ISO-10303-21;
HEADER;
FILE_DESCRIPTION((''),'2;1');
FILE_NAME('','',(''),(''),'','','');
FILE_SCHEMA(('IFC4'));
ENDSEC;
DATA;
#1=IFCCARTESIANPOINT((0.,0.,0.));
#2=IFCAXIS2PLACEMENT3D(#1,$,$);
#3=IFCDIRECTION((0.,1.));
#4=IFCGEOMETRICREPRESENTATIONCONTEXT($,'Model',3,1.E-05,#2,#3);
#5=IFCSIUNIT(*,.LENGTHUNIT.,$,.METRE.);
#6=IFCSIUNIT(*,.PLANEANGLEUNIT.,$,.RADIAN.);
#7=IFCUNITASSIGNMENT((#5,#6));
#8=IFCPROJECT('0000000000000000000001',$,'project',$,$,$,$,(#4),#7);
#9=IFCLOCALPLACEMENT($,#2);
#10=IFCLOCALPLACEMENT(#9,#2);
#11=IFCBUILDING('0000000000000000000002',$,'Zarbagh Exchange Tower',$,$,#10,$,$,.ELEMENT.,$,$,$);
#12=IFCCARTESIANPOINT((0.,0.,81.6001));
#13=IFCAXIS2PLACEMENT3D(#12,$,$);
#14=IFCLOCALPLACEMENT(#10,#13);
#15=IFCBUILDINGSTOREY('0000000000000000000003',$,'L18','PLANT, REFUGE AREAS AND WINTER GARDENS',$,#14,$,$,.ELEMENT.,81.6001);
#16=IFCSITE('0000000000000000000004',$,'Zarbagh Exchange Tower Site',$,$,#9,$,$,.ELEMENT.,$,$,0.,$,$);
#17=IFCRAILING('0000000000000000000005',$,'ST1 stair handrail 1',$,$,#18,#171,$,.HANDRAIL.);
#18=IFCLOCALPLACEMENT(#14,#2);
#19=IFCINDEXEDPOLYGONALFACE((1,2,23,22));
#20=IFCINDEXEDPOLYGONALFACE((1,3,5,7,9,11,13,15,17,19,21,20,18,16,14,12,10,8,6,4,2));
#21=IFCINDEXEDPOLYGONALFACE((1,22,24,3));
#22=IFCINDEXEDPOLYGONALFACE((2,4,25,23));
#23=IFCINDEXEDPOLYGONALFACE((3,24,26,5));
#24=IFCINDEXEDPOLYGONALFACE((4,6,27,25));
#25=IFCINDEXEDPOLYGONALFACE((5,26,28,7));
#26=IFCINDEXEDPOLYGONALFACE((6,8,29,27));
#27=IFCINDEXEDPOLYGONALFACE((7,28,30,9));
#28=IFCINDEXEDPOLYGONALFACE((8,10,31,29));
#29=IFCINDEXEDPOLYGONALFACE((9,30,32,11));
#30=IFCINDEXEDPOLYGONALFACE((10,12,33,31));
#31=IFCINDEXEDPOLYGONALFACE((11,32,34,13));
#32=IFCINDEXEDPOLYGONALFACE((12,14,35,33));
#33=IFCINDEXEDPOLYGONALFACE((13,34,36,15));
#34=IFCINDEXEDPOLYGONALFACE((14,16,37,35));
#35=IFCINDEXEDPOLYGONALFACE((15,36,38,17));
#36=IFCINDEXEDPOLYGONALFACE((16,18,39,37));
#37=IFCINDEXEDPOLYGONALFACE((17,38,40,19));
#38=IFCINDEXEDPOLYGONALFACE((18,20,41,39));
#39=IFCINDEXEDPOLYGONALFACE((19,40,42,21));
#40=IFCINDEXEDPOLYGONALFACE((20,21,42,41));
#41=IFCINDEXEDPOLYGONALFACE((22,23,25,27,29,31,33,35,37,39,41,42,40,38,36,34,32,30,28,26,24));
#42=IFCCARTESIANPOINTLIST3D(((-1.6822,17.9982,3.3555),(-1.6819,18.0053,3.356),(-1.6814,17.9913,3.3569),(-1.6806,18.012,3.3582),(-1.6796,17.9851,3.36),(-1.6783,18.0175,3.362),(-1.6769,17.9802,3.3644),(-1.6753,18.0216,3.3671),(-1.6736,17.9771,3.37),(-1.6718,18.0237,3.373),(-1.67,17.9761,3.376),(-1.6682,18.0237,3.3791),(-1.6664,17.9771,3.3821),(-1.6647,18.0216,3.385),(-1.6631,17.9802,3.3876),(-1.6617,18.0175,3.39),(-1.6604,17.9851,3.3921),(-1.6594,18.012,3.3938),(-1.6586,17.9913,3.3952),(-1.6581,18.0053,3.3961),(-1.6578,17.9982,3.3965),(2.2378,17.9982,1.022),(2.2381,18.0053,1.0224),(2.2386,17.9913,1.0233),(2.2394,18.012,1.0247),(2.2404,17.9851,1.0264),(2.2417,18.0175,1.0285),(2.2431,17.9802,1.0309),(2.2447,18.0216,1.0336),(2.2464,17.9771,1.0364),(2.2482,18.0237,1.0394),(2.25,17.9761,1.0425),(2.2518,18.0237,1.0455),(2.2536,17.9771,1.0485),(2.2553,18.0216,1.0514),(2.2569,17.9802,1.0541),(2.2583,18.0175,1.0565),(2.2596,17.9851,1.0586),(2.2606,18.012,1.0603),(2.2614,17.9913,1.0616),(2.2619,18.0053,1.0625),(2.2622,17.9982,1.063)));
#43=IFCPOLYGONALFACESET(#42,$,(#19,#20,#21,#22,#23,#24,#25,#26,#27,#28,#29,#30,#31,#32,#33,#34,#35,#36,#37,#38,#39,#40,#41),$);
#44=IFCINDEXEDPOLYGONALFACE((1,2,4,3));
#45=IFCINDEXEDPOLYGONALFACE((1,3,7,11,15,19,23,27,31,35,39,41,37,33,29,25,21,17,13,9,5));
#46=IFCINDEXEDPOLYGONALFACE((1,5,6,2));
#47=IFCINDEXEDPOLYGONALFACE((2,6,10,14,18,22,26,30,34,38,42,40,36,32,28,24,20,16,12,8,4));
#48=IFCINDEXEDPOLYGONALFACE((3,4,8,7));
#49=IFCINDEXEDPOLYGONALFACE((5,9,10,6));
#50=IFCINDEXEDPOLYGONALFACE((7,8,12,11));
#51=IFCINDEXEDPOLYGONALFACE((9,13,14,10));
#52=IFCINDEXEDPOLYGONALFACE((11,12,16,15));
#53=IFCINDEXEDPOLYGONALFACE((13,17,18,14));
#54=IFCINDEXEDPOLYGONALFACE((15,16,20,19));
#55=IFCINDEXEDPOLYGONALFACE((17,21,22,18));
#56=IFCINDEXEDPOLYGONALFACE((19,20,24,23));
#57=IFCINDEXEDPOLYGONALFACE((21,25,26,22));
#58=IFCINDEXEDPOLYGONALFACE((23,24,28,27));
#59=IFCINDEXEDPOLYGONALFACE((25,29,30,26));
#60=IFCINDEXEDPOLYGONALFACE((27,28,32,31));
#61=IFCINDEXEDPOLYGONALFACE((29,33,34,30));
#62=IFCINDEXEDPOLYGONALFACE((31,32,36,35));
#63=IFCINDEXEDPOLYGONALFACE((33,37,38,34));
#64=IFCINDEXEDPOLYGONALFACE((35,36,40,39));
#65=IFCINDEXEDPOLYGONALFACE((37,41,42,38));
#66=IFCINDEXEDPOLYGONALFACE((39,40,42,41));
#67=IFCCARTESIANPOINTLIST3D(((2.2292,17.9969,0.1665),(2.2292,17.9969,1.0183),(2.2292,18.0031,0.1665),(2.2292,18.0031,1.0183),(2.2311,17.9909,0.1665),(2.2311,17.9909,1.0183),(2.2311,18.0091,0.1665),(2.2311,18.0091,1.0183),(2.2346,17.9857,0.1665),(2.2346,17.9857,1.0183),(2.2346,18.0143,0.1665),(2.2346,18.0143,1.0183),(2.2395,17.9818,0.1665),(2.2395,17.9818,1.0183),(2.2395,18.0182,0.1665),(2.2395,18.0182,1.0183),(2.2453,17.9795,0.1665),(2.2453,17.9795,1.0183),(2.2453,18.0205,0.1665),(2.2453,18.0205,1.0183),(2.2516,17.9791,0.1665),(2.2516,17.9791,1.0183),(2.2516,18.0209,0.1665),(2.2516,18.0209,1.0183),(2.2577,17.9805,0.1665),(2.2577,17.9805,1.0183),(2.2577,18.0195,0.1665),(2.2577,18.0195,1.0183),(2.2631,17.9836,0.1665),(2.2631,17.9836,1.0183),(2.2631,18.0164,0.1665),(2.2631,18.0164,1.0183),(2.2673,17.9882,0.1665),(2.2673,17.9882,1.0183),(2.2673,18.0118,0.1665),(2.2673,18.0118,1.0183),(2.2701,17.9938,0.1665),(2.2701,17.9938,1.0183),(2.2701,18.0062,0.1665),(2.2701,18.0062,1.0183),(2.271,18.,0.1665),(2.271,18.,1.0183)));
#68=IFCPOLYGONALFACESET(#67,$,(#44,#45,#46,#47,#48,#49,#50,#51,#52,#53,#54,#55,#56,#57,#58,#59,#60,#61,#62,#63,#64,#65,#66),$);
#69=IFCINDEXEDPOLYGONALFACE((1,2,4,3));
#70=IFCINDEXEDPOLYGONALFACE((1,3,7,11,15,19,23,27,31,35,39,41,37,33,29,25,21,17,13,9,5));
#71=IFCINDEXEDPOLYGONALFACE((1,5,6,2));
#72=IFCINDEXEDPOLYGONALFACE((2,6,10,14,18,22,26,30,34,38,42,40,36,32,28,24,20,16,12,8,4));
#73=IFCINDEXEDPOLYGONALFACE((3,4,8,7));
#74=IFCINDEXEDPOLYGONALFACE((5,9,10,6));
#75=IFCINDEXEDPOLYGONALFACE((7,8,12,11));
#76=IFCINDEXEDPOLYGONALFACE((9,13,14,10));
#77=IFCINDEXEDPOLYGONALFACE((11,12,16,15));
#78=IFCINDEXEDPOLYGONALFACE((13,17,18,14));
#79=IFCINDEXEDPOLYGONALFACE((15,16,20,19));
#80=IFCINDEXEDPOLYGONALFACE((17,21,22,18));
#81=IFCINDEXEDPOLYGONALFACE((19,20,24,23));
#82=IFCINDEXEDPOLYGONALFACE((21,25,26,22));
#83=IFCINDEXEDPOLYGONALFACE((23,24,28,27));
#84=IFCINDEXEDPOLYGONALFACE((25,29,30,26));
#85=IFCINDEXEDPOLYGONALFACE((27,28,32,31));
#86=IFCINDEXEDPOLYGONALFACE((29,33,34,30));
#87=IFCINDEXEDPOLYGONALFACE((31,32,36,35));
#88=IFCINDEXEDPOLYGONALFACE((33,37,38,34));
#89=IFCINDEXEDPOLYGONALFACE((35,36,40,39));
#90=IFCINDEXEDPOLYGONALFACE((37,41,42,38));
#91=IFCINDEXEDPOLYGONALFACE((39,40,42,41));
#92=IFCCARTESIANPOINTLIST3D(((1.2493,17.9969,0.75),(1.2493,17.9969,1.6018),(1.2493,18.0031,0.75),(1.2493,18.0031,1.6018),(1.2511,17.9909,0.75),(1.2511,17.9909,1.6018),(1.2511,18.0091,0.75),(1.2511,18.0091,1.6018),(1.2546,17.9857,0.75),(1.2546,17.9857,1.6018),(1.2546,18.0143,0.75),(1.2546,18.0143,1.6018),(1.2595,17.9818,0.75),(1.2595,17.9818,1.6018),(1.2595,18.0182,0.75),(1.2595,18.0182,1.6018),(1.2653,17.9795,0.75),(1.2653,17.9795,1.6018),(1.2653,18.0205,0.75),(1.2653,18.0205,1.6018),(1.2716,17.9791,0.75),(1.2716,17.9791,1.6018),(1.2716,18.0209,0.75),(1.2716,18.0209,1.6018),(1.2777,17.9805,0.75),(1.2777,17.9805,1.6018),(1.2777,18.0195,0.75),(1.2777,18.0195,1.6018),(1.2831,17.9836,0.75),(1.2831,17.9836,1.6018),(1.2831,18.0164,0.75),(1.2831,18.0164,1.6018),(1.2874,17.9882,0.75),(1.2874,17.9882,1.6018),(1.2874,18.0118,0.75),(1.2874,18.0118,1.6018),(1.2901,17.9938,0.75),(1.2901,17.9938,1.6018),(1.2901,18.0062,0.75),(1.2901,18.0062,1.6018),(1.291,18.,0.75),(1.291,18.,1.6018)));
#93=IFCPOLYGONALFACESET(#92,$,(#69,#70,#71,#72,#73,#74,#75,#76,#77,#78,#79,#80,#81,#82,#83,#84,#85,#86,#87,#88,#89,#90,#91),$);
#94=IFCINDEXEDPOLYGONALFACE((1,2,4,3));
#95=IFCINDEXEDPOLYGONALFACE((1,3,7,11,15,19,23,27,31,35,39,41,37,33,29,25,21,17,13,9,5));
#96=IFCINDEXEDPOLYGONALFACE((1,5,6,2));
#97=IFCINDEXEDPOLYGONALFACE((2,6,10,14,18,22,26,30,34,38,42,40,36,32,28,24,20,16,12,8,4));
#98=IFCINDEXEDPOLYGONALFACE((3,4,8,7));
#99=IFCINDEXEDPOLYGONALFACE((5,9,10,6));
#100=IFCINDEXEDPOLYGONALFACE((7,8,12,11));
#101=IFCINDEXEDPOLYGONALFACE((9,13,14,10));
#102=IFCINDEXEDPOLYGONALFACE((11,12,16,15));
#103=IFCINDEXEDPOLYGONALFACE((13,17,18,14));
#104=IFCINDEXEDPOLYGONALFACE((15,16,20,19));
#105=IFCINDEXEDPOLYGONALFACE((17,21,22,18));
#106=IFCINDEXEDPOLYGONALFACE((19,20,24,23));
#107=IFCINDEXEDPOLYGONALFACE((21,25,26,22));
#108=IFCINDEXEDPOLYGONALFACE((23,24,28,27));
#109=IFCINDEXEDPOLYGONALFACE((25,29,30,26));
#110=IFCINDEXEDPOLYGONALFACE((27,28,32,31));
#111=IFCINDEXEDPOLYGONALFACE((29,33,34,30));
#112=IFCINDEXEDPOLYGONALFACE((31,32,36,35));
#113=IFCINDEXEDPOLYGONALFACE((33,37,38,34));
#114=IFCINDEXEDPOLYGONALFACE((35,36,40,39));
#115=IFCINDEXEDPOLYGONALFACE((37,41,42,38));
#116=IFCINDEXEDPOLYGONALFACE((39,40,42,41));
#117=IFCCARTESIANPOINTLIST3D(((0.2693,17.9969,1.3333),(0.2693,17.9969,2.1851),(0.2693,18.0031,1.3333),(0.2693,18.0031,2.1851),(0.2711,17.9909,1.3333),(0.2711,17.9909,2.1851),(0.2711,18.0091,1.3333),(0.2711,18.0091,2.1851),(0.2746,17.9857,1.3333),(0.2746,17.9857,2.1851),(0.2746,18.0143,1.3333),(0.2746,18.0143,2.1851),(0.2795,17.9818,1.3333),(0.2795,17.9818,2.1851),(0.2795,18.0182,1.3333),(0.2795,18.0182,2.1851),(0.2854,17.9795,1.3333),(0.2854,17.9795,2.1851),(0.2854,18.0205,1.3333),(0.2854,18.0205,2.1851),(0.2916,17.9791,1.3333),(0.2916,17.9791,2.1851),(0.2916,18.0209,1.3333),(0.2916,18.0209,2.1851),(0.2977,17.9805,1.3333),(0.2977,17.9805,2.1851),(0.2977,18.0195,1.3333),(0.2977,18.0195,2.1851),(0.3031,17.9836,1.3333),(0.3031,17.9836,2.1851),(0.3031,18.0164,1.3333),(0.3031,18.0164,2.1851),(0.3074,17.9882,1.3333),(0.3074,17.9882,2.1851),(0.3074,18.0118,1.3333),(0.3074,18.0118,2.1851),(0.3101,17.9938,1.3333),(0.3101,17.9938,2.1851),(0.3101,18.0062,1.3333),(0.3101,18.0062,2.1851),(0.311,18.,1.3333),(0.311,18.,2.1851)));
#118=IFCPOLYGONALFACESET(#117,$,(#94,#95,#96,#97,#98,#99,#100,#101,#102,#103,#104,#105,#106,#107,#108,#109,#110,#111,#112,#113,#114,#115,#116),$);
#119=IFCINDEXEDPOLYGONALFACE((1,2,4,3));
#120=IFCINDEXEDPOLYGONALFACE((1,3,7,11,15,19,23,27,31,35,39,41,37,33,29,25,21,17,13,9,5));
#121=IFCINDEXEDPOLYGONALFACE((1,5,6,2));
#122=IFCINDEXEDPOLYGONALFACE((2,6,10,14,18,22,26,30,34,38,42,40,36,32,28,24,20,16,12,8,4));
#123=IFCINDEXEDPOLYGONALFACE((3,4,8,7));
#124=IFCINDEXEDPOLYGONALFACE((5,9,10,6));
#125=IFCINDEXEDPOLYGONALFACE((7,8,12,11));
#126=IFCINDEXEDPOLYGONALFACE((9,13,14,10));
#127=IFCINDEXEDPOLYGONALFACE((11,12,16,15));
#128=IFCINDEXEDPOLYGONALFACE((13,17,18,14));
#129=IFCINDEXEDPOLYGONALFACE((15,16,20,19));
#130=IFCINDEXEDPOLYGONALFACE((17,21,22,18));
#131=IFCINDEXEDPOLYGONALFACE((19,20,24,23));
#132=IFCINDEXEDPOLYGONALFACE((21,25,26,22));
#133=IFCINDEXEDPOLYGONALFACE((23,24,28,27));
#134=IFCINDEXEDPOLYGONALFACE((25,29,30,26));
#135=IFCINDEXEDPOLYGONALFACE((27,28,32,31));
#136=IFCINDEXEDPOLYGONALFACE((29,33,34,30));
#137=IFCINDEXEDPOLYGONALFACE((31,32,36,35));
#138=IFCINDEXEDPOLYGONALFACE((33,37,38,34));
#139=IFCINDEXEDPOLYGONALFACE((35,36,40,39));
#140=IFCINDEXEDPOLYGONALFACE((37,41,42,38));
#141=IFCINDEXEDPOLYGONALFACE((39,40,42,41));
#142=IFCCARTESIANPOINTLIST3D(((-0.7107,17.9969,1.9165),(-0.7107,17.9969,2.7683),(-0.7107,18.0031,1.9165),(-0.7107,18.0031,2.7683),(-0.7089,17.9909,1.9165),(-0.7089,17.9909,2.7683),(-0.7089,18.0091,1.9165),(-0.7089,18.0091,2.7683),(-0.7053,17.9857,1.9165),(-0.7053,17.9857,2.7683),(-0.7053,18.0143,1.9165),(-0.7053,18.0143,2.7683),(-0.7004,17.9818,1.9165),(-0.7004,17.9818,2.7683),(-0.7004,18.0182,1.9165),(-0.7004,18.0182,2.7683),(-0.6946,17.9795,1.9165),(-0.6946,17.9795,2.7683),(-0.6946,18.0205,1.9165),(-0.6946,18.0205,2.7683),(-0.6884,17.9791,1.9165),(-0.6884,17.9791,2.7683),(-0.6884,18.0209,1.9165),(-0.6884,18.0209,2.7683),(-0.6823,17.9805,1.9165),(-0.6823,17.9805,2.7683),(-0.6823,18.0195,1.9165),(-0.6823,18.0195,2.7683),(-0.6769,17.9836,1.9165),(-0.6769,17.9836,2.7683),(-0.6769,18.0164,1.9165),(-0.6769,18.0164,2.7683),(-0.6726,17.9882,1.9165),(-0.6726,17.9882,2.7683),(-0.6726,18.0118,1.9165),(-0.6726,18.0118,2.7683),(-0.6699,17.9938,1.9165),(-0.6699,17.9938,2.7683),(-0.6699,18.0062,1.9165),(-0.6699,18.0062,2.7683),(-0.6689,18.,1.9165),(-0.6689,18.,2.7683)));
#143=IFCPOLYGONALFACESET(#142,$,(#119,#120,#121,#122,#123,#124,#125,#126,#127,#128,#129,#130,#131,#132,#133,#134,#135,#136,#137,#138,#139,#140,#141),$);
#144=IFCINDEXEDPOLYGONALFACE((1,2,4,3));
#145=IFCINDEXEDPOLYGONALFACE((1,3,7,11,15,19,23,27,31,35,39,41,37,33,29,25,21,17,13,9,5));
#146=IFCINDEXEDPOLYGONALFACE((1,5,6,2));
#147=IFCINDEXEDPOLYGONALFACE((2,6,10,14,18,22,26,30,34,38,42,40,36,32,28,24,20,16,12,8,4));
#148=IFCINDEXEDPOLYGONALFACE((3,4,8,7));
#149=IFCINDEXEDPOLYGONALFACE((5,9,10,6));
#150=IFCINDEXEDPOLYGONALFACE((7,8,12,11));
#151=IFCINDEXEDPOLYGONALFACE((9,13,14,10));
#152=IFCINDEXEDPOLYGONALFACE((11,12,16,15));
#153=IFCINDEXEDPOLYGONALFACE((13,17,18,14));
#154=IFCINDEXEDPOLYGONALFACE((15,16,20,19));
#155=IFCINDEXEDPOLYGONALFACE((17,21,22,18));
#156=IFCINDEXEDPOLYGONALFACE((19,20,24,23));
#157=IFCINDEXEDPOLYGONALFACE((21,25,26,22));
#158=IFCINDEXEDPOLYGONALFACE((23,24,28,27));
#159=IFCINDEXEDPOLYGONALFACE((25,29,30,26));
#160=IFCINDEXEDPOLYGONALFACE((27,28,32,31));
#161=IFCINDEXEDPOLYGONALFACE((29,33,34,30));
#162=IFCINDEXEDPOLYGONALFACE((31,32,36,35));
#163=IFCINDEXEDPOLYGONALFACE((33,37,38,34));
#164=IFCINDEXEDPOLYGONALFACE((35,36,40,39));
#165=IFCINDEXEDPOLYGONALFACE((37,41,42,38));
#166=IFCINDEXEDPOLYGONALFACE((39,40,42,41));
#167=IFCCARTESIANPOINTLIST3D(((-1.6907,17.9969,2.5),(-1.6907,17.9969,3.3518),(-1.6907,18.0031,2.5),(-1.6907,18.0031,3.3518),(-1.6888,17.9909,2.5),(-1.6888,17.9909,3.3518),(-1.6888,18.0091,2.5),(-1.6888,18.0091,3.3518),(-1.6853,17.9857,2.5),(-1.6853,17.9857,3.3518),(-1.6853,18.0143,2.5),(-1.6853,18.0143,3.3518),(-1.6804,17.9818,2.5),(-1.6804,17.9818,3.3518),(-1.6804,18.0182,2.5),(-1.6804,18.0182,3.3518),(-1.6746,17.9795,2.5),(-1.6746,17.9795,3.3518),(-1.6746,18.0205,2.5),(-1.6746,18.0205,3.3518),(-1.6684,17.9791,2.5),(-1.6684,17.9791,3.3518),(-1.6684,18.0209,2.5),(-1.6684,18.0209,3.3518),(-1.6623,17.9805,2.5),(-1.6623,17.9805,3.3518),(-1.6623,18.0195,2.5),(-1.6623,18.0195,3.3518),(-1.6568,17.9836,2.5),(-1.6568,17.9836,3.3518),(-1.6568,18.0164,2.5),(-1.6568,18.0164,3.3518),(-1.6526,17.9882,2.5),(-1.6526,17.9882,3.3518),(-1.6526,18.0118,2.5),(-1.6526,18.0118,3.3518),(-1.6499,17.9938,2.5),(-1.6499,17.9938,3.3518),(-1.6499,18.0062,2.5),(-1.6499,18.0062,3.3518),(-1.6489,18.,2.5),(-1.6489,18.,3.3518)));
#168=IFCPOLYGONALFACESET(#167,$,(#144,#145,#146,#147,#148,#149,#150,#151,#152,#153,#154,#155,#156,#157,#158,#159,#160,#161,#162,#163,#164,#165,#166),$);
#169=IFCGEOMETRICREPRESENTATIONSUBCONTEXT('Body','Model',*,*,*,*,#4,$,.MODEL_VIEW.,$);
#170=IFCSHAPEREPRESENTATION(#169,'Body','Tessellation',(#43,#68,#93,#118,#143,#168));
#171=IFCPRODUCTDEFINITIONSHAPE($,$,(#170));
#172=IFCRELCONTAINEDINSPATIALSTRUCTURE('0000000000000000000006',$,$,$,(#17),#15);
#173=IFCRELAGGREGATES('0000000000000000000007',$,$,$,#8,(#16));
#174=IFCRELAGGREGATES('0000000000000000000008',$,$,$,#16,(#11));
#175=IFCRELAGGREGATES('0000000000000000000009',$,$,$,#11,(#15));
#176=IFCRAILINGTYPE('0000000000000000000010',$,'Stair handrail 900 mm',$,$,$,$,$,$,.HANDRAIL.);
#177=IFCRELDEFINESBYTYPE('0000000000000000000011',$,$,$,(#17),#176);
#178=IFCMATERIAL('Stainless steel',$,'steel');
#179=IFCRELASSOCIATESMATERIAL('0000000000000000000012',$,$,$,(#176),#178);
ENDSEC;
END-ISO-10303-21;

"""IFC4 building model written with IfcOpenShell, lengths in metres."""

from ifc_helpers import new_model, si_unit, direction, frame, origin, origin_2d, place, context, subcontext, project, spatial, circle, extrude, material, type_object, element, save


model = new_model("IFC4")

# Units and contexts
model_context = context("Model", 3, precision=1e-05, world=origin(), true_north=direction((0.0, 1.0)))
body_context = subcontext(model_context, "Body", "Model", "MODEL_VIEW")
ifc_project = project(units=[si_unit("LENGTHUNIT", "METRE"), si_unit("PLANEANGLEUNIT", "RADIAN")], contexts=[model_context])

# Site, building, storey
site_placement = place(None, origin())
site = spatial("IfcSite", under=ifc_project, at=site_placement, Name="Zarbagh Exchange Tower Site", CompositionType="ELEMENT", RefElevation=0.0)
building_placement = place(site_placement, origin())
building = spatial("IfcBuilding", under=site, at=building_placement, Name="Zarbagh Exchange Tower", CompositionType="ELEMENT")
storey_placement = place(building_placement, frame((0.0, 0.0, 81.6001)))
storey = spatial("IfcBuildingStorey", under=building, at=storey_placement, Name="L18", Description="PLANT, REFUGE AREAS AND WINTER GARDENS", CompositionType="ELEMENT", Elevation=81.6001)

# Shared definitions
ifc_material_1 = material(Name="Stainless steel", Category="steel")

# Railing
railing_type = type_object("IfcRailingType", Name="Stair handrail 900 mm", PredefinedType="HANDRAIL", material=ifc_material_1)
for number, where, name in (
    (1, (2.25, 18.0, 0.1665), "ST1 stair handrail 1"),
):
    element("IfcRailing", number, at=place(storey_placement, frame(where)), inside=storey, type_object=railing_type, Name=name, PredefinedType="HANDRAIL", context=body_context, shape_type="SweptSolid", body=[
        extrude(circle(Radius=0.0239, at=origin_2d()), frame((0.0, 0.0, 0.876), z_axis=(-0.859273, 0.0, 0.511518), x_axis=(0.0, -1.0, 0.0)), (0.0, 0.0, 1.0), 4.562),
        extrude(circle(Radius=0.021, at=origin_2d()), origin(), (0.0, 0.0, 1.0), 0.8518),
        extrude(circle(Radius=0.021, at=origin_2d()), frame((-0.98, 0.0, 0.5835)), (0.0, 0.0, 1.0), 0.8518),
        extrude(circle(Radius=0.021, at=origin_2d()), frame((-1.96, 0.0, 1.1667)), (0.0, 0.0, 1.0), 0.8518),
        extrude(circle(Radius=0.021, at=origin_2d()), frame((-2.9399, 0.0, 1.75)), (0.0, 0.0, 1.0), 0.8518),
        extrude(circle(Radius=0.021, at=origin_2d()), frame((-3.9199, 0.0, 2.3335)), (0.0, 0.0, 1.0), 0.8518),
    ])

save(model, "model.ifc")
